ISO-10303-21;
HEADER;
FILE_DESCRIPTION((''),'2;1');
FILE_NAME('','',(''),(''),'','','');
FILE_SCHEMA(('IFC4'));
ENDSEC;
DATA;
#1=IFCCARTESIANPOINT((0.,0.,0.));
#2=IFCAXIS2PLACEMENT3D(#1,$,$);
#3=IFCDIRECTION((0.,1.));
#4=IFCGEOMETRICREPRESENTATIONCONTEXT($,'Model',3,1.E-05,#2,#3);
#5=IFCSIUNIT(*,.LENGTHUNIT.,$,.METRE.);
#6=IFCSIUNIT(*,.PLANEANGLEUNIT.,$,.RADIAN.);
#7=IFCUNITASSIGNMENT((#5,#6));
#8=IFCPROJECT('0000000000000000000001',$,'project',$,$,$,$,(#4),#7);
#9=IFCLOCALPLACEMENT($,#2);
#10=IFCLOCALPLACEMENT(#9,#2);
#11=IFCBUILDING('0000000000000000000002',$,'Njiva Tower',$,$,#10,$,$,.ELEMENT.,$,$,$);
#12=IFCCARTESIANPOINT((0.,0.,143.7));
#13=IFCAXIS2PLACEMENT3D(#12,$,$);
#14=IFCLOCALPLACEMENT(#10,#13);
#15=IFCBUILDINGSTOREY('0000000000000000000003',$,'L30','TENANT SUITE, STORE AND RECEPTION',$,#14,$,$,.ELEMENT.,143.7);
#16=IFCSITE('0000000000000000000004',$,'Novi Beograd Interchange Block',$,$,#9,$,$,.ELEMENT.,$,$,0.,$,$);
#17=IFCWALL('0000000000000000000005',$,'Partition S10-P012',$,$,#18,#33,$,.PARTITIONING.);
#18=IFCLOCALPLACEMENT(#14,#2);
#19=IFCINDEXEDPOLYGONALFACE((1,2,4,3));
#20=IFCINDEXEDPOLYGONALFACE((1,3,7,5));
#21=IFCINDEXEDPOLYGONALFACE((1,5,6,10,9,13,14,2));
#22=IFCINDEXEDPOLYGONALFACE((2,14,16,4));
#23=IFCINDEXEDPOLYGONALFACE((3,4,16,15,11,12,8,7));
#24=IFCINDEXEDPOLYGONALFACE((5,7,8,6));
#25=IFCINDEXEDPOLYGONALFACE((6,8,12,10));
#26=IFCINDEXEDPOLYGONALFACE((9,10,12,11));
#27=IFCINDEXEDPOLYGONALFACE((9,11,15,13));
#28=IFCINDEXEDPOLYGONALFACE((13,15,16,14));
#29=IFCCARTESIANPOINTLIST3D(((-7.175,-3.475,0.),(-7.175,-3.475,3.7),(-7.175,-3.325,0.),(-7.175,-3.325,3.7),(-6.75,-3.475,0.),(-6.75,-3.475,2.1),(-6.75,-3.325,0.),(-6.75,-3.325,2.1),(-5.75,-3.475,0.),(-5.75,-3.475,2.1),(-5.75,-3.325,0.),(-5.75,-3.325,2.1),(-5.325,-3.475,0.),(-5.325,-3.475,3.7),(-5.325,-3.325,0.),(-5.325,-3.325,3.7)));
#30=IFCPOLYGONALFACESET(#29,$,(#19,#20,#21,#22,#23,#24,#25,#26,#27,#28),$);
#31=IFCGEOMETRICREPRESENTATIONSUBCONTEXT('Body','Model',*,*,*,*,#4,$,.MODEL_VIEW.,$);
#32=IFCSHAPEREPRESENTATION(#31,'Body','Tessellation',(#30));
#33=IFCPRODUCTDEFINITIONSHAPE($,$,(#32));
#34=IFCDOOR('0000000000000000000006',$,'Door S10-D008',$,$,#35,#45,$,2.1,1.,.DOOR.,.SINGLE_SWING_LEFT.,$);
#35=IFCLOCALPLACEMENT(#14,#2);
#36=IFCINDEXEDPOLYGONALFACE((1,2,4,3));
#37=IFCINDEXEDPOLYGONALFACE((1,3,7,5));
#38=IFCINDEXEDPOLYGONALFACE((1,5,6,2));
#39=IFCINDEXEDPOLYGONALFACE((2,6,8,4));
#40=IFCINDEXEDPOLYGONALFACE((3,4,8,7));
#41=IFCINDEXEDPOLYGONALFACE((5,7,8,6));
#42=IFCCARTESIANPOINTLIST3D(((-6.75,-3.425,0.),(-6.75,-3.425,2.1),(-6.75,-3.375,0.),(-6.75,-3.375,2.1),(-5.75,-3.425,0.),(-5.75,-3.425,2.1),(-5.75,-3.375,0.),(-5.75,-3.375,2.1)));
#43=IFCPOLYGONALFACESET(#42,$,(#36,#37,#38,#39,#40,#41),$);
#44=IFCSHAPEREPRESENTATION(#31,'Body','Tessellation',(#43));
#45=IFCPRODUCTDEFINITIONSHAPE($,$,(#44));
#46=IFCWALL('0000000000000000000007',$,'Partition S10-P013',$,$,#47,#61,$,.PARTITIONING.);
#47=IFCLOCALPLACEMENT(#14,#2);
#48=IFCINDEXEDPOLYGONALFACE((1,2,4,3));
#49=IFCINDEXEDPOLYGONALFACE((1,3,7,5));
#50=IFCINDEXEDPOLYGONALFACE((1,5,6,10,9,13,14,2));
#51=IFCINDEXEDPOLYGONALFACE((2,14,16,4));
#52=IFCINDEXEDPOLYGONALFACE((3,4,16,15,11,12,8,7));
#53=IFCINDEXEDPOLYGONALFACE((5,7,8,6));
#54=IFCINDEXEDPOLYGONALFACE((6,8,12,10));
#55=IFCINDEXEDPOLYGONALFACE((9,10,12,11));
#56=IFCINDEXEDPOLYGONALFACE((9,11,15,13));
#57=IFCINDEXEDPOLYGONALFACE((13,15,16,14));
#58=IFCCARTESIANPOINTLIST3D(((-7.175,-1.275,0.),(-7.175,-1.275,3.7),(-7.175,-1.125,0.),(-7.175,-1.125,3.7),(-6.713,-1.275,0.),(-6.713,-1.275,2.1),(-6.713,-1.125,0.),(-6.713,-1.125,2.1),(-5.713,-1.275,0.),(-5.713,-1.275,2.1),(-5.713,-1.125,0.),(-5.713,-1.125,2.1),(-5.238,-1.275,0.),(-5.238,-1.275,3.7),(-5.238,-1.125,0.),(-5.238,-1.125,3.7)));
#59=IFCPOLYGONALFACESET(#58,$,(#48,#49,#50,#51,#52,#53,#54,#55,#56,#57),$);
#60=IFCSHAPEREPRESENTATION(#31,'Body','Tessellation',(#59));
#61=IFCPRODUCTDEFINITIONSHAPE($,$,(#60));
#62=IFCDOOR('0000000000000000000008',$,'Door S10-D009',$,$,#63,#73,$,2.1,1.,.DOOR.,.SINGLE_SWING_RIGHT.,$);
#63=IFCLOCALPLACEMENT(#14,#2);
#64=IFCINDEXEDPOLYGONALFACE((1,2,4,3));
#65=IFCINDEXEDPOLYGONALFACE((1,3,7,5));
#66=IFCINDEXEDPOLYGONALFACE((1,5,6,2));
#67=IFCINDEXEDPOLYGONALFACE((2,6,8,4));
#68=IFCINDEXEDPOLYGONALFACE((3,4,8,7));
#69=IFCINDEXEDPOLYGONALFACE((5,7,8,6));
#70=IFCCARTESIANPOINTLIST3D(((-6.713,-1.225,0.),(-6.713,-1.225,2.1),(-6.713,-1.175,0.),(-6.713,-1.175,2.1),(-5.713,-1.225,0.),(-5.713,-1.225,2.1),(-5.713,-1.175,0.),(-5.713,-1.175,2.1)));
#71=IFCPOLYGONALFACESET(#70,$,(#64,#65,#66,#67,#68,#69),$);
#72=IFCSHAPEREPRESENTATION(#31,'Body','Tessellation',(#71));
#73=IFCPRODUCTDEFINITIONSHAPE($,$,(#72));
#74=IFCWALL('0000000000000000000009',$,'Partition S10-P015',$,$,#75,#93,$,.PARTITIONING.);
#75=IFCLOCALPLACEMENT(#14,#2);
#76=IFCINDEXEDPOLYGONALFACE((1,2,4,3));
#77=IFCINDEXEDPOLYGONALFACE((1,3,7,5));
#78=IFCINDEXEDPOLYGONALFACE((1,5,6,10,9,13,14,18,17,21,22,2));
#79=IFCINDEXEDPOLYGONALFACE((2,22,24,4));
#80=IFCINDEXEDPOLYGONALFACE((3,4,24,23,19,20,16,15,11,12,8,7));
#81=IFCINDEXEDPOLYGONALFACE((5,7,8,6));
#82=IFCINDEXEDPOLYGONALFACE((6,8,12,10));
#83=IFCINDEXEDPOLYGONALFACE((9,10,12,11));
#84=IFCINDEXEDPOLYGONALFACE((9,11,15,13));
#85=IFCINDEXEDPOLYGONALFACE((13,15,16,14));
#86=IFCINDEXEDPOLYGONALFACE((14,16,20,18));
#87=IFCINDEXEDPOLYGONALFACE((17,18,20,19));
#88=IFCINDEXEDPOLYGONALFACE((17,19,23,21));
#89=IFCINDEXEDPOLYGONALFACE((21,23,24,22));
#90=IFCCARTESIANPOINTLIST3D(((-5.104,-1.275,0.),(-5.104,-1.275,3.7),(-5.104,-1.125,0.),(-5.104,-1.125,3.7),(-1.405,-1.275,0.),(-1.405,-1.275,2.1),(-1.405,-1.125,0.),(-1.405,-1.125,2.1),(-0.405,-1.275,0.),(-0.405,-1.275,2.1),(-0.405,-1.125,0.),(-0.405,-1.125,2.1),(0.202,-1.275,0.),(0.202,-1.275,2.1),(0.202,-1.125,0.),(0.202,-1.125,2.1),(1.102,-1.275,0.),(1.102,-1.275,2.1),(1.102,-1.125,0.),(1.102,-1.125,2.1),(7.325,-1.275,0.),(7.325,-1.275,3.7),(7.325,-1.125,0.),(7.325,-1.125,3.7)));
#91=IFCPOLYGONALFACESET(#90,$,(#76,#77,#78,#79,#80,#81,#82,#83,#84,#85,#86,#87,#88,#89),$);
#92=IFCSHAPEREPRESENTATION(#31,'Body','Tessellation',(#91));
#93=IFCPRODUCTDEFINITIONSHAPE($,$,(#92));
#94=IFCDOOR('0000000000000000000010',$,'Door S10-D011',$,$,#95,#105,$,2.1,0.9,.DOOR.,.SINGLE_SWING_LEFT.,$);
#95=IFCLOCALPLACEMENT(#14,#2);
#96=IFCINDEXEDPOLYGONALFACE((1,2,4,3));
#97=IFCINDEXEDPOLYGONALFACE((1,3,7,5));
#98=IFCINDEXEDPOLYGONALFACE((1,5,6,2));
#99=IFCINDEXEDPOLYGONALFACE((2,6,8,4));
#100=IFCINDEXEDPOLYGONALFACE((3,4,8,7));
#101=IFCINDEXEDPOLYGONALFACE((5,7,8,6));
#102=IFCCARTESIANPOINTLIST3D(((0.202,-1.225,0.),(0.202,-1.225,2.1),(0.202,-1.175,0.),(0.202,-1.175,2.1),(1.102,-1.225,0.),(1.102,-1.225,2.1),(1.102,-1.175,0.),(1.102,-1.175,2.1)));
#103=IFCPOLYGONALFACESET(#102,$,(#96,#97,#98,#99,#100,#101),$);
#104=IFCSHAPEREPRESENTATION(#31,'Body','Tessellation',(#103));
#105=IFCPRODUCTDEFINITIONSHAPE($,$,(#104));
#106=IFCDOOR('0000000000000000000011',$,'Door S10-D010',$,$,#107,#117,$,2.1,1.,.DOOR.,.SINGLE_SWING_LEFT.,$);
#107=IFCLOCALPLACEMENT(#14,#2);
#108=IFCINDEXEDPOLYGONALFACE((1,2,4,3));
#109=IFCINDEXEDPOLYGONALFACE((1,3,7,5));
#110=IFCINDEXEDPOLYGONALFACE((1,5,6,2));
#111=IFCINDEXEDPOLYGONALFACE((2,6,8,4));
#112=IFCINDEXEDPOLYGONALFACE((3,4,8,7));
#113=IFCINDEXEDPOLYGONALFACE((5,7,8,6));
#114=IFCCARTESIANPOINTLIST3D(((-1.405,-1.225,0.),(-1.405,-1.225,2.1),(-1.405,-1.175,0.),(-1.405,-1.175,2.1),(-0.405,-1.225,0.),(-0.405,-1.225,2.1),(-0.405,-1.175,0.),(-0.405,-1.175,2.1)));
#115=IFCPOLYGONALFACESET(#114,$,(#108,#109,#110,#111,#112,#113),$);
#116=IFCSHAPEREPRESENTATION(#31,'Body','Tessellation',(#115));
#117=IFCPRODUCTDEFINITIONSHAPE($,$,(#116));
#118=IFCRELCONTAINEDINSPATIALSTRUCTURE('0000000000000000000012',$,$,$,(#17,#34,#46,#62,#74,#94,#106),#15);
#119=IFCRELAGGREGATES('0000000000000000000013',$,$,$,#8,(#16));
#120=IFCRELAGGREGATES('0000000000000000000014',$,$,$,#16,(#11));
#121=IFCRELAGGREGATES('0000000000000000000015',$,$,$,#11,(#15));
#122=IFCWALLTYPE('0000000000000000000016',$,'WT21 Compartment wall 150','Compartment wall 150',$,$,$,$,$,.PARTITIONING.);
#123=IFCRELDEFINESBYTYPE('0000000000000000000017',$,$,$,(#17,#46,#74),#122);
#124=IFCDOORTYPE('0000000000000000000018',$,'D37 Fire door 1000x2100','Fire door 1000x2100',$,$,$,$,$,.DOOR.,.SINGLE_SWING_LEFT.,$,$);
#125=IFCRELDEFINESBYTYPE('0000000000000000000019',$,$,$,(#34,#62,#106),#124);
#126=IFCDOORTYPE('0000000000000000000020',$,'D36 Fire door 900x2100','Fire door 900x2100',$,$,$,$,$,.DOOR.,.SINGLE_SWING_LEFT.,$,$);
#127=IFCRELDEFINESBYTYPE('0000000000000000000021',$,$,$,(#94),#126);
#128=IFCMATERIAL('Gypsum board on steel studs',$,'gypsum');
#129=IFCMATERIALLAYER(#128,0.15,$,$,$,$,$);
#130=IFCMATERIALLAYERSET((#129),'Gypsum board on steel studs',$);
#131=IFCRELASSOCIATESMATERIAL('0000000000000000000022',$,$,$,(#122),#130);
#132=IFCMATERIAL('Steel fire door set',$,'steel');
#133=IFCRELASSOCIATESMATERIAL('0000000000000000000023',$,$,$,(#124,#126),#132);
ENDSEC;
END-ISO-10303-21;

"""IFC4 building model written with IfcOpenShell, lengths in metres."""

from ifc_helpers import new_model, si_unit, direction, frame, frame_2d, origin, place, context, subcontext, project, spatial, rectangle, extrude, material, layer, layer_set, type_object, element, fill, save


model = new_model("IFC4")

# Units and contexts
model_context = context("Model", 3, precision=1e-05, world=origin(), true_north=direction((0.0, 1.0)))
body_context = subcontext(model_context, "Body", "Model", "MODEL_VIEW")
ifc_project = project(units=[si_unit("LENGTHUNIT", "METRE"), si_unit("PLANEANGLEUNIT", "RADIAN")], contexts=[model_context])

# Site, building, storey
site_placement = place(None, origin())
site = spatial("IfcSite", under=ifc_project, at=site_placement, Name="Novi Beograd Interchange Block", CompositionType="ELEMENT", RefElevation=0.0)
building_placement = place(site_placement, origin())
building = spatial("IfcBuilding", under=site, at=building_placement, Name="Njiva Tower", CompositionType="ELEMENT")
storey_placement = place(building_placement, frame((0.0, 0.0, 143.7)))
storey = spatial("IfcBuildingStorey", under=building, at=storey_placement, Name="L30", Description="TENANT SUITE, STORE AND RECEPTION", CompositionType="ELEMENT", Elevation=143.7)

# Walls, openings, doors
ifc_material_1 = material(Name="Gypsum board on steel studs", Category="gypsum")
ifc_layer_1 = layer(ifc_material_1, 0.15)
ifc_layer_set_1 = layer_set([ifc_layer_1], Name="Gypsum board on steel studs")
wall_type = type_object("IfcWallType", Name="WT21 Compartment wall 150", Description="Compartment wall 150", PredefinedType="PARTITIONING", material=ifc_layer_set_1)
ifc_material_2 = material(Name="Steel fire door set", Category="steel")
door_type_1 = type_object("IfcDoorType", Name="D37 Fire door 1000x2100", Description="Fire door 1000x2100", OperationType="SINGLE_SWING_LEFT", PredefinedType="DOOR", material=ifc_material_2)
wall_1_placement = place(storey_placement, frame((-7.175, -3.4, 0.0), z_axis=(0.0, 0.0, 1.0), x_axis=(1.0, 0.0, 0.0)))
wall_1 = element("IfcWall", 1, at=wall_1_placement, inside=storey, type_object=wall_type, Name="Partition S10-P012", PredefinedType="PARTITIONING", context=body_context, shape_type="SweptSolid", body=[
    extrude(rectangle(XDim=1.85, YDim=0.15, at=frame_2d((0.925, 0.0))), origin(), (0.0, 0.0, 1.0), 3.7),
])
opening_1_placement = place(wall_1_placement, frame((0.425, 0.0, 0.0)))
opening_1 = element("IfcOpeningElement", 2, at=opening_1_placement, cuts=wall_1, PredefinedType="OPENING", context=body_context, shape_type="SweptSolid", body=[
    extrude(rectangle(XDim=1.0, YDim=2.1, at=frame_2d((0.5, 1.05))), frame((0.0, 0.085, 0.0), z_axis=(0.0, -1.0, 0.0), x_axis=(1.0, 0.0, 0.0)), (0.0, 0.0, 1.0), 0.17),
])
door_1_placement = place(opening_1_placement, origin())
door_1 = element("IfcDoor", 3, at=door_1_placement, inside=storey, type_object=door_type_1, Name="Door S10-D008", OperationType="SINGLE_SWING_LEFT", OverallHeight=2.1, OverallWidth=1.0, PredefinedType="DOOR", context=body_context, shape_type="SweptSolid", body=[
    extrude(rectangle(XDim=1.0, YDim=2.1, at=frame_2d((0.5, 1.05))), frame((0.0, 0.025, 0.0), z_axis=(0.0, -1.0, 0.0), x_axis=(1.0, 0.0, 0.0)), (0.0, 0.0, 1.0), 0.05),
])
fill(opening_1, door_1)
wall_2_placement = place(storey_placement, frame((-7.175, -1.2, 0.0), z_axis=(0.0, 0.0, 1.0), x_axis=(1.0, 0.0, 0.0)))
wall_2 = element("IfcWall", 4, at=wall_2_placement, inside=storey, type_object=wall_type, Name="Partition S10-P013", PredefinedType="PARTITIONING", context=body_context, shape_type="SweptSolid", body=[
    extrude(rectangle(XDim=1.937, YDim=0.15, at=frame_2d((0.9685, 0.0))), origin(), (0.0, 0.0, 1.0), 3.7),
])
opening_2_placement = place(wall_2_placement, frame((0.462, 0.0, 0.0)))
opening_2 = element("IfcOpeningElement", 5, at=opening_2_placement, cuts=wall_2, PredefinedType="OPENING", context=body_context, shape_type="SweptSolid", body=[
    extrude(rectangle(XDim=1.0, YDim=2.1, at=frame_2d((0.5, 1.05))), frame((0.0, 0.085, 0.0), z_axis=(0.0, -1.0, 0.0), x_axis=(1.0, 0.0, 0.0)), (0.0, 0.0, 1.0), 0.17),
])
door_2_placement = place(opening_2_placement, origin())
door_2 = element("IfcDoor", 6, at=door_2_placement, inside=storey, type_object=door_type_1, Name="Door S10-D009", OperationType="SINGLE_SWING_RIGHT", OverallHeight=2.1, OverallWidth=1.0, PredefinedType="DOOR", context=body_context, shape_type="SweptSolid", body=[
    extrude(rectangle(XDim=1.0, YDim=2.1, at=frame_2d((0.5, 1.05))), frame((0.0, 0.025, 0.0), z_axis=(0.0, -1.0, 0.0), x_axis=(1.0, 0.0, 0.0)), (0.0, 0.0, 1.0), 0.05),
])
fill(opening_2, door_2)

# Wall, openings, doors
wall_3_placement = place(storey_placement, frame((-5.104, -1.2, 0.0), z_axis=(0.0, 0.0, 1.0), x_axis=(1.0, 0.0, 0.0)))
wall_3 = element("IfcWall", 7, at=wall_3_placement, inside=storey, type_object=wall_type, Name="Partition S10-P015", PredefinedType="PARTITIONING", context=body_context, shape_type="SweptSolid", body=[
    extrude(rectangle(XDim=12.429, YDim=0.15, at=frame_2d((6.2145, 0.0))), origin(), (0.0, 0.0, 1.0), 3.7),
])
opening_3_placement = place(wall_3_placement, frame((3.699, 0.0, 0.0)))
opening_3 = element("IfcOpeningElement", 8, at=opening_3_placement, cuts=wall_3, PredefinedType="OPENING", context=body_context, shape_type="SweptSolid", body=[
    extrude(rectangle(XDim=1.0, YDim=2.1, at=frame_2d((0.5, 1.05))), frame((0.0, 0.085, 0.0), z_axis=(0.0, -1.0, 0.0), x_axis=(1.0, 0.0, 0.0)), (0.0, 0.0, 1.0), 0.17),
])
opening_4_placement = place(wall_3_placement, frame((5.306, 0.0, 0.0)))
opening_4 = element("IfcOpeningElement", 9, at=opening_4_placement, cuts=wall_3, PredefinedType="OPENING", context=body_context, shape_type="SweptSolid", body=[
    extrude(rectangle(XDim=0.9, YDim=2.1, at=frame_2d((0.45, 1.05))), frame((0.0, 0.085, 0.0), z_axis=(0.0, -1.0, 0.0), x_axis=(1.0, 0.0, 0.0)), (0.0, 0.0, 1.0), 0.17),
])
door_type_2 = type_object("IfcDoorType", Name="D36 Fire door 900x2100", Description="Fire door 900x2100", OperationType="SINGLE_SWING_LEFT", PredefinedType="DOOR", material=ifc_material_2)
door_3_placement = place(opening_4_placement, origin())
door_3 = element("IfcDoor", 10, at=door_3_placement, inside=storey, type_object=door_type_2, Name="Door S10-D011", OperationType="SINGLE_SWING_LEFT", OverallHeight=2.1, OverallWidth=0.9, PredefinedType="DOOR", context=body_context, shape_type="SweptSolid", body=[
    extrude(rectangle(XDim=0.9, YDim=2.1, at=frame_2d((0.45, 1.05))), frame((0.0, 0.025, 0.0), z_axis=(0.0, -1.0, 0.0), x_axis=(1.0, 0.0, 0.0)), (0.0, 0.0, 1.0), 0.05),
])
fill(opening_4, door_3)
door_4_placement = place(opening_3_placement, origin())
door_4 = element("IfcDoor", 11, at=door_4_placement, inside=storey, type_object=door_type_1, Name="Door S10-D010", OperationType="SINGLE_SWING_LEFT", OverallHeight=2.1, OverallWidth=1.0, PredefinedType="DOOR", context=body_context, shape_type="SweptSolid", body=[
    extrude(rectangle(XDim=1.0, YDim=2.1, at=frame_2d((0.5, 1.05))), frame((0.0, 0.025, 0.0), z_axis=(0.0, -1.0, 0.0), x_axis=(1.0, 0.0, 0.0)), (0.0, 0.0, 1.0), 0.05),
])
fill(opening_3, door_4)

save(model, "model.ifc")
